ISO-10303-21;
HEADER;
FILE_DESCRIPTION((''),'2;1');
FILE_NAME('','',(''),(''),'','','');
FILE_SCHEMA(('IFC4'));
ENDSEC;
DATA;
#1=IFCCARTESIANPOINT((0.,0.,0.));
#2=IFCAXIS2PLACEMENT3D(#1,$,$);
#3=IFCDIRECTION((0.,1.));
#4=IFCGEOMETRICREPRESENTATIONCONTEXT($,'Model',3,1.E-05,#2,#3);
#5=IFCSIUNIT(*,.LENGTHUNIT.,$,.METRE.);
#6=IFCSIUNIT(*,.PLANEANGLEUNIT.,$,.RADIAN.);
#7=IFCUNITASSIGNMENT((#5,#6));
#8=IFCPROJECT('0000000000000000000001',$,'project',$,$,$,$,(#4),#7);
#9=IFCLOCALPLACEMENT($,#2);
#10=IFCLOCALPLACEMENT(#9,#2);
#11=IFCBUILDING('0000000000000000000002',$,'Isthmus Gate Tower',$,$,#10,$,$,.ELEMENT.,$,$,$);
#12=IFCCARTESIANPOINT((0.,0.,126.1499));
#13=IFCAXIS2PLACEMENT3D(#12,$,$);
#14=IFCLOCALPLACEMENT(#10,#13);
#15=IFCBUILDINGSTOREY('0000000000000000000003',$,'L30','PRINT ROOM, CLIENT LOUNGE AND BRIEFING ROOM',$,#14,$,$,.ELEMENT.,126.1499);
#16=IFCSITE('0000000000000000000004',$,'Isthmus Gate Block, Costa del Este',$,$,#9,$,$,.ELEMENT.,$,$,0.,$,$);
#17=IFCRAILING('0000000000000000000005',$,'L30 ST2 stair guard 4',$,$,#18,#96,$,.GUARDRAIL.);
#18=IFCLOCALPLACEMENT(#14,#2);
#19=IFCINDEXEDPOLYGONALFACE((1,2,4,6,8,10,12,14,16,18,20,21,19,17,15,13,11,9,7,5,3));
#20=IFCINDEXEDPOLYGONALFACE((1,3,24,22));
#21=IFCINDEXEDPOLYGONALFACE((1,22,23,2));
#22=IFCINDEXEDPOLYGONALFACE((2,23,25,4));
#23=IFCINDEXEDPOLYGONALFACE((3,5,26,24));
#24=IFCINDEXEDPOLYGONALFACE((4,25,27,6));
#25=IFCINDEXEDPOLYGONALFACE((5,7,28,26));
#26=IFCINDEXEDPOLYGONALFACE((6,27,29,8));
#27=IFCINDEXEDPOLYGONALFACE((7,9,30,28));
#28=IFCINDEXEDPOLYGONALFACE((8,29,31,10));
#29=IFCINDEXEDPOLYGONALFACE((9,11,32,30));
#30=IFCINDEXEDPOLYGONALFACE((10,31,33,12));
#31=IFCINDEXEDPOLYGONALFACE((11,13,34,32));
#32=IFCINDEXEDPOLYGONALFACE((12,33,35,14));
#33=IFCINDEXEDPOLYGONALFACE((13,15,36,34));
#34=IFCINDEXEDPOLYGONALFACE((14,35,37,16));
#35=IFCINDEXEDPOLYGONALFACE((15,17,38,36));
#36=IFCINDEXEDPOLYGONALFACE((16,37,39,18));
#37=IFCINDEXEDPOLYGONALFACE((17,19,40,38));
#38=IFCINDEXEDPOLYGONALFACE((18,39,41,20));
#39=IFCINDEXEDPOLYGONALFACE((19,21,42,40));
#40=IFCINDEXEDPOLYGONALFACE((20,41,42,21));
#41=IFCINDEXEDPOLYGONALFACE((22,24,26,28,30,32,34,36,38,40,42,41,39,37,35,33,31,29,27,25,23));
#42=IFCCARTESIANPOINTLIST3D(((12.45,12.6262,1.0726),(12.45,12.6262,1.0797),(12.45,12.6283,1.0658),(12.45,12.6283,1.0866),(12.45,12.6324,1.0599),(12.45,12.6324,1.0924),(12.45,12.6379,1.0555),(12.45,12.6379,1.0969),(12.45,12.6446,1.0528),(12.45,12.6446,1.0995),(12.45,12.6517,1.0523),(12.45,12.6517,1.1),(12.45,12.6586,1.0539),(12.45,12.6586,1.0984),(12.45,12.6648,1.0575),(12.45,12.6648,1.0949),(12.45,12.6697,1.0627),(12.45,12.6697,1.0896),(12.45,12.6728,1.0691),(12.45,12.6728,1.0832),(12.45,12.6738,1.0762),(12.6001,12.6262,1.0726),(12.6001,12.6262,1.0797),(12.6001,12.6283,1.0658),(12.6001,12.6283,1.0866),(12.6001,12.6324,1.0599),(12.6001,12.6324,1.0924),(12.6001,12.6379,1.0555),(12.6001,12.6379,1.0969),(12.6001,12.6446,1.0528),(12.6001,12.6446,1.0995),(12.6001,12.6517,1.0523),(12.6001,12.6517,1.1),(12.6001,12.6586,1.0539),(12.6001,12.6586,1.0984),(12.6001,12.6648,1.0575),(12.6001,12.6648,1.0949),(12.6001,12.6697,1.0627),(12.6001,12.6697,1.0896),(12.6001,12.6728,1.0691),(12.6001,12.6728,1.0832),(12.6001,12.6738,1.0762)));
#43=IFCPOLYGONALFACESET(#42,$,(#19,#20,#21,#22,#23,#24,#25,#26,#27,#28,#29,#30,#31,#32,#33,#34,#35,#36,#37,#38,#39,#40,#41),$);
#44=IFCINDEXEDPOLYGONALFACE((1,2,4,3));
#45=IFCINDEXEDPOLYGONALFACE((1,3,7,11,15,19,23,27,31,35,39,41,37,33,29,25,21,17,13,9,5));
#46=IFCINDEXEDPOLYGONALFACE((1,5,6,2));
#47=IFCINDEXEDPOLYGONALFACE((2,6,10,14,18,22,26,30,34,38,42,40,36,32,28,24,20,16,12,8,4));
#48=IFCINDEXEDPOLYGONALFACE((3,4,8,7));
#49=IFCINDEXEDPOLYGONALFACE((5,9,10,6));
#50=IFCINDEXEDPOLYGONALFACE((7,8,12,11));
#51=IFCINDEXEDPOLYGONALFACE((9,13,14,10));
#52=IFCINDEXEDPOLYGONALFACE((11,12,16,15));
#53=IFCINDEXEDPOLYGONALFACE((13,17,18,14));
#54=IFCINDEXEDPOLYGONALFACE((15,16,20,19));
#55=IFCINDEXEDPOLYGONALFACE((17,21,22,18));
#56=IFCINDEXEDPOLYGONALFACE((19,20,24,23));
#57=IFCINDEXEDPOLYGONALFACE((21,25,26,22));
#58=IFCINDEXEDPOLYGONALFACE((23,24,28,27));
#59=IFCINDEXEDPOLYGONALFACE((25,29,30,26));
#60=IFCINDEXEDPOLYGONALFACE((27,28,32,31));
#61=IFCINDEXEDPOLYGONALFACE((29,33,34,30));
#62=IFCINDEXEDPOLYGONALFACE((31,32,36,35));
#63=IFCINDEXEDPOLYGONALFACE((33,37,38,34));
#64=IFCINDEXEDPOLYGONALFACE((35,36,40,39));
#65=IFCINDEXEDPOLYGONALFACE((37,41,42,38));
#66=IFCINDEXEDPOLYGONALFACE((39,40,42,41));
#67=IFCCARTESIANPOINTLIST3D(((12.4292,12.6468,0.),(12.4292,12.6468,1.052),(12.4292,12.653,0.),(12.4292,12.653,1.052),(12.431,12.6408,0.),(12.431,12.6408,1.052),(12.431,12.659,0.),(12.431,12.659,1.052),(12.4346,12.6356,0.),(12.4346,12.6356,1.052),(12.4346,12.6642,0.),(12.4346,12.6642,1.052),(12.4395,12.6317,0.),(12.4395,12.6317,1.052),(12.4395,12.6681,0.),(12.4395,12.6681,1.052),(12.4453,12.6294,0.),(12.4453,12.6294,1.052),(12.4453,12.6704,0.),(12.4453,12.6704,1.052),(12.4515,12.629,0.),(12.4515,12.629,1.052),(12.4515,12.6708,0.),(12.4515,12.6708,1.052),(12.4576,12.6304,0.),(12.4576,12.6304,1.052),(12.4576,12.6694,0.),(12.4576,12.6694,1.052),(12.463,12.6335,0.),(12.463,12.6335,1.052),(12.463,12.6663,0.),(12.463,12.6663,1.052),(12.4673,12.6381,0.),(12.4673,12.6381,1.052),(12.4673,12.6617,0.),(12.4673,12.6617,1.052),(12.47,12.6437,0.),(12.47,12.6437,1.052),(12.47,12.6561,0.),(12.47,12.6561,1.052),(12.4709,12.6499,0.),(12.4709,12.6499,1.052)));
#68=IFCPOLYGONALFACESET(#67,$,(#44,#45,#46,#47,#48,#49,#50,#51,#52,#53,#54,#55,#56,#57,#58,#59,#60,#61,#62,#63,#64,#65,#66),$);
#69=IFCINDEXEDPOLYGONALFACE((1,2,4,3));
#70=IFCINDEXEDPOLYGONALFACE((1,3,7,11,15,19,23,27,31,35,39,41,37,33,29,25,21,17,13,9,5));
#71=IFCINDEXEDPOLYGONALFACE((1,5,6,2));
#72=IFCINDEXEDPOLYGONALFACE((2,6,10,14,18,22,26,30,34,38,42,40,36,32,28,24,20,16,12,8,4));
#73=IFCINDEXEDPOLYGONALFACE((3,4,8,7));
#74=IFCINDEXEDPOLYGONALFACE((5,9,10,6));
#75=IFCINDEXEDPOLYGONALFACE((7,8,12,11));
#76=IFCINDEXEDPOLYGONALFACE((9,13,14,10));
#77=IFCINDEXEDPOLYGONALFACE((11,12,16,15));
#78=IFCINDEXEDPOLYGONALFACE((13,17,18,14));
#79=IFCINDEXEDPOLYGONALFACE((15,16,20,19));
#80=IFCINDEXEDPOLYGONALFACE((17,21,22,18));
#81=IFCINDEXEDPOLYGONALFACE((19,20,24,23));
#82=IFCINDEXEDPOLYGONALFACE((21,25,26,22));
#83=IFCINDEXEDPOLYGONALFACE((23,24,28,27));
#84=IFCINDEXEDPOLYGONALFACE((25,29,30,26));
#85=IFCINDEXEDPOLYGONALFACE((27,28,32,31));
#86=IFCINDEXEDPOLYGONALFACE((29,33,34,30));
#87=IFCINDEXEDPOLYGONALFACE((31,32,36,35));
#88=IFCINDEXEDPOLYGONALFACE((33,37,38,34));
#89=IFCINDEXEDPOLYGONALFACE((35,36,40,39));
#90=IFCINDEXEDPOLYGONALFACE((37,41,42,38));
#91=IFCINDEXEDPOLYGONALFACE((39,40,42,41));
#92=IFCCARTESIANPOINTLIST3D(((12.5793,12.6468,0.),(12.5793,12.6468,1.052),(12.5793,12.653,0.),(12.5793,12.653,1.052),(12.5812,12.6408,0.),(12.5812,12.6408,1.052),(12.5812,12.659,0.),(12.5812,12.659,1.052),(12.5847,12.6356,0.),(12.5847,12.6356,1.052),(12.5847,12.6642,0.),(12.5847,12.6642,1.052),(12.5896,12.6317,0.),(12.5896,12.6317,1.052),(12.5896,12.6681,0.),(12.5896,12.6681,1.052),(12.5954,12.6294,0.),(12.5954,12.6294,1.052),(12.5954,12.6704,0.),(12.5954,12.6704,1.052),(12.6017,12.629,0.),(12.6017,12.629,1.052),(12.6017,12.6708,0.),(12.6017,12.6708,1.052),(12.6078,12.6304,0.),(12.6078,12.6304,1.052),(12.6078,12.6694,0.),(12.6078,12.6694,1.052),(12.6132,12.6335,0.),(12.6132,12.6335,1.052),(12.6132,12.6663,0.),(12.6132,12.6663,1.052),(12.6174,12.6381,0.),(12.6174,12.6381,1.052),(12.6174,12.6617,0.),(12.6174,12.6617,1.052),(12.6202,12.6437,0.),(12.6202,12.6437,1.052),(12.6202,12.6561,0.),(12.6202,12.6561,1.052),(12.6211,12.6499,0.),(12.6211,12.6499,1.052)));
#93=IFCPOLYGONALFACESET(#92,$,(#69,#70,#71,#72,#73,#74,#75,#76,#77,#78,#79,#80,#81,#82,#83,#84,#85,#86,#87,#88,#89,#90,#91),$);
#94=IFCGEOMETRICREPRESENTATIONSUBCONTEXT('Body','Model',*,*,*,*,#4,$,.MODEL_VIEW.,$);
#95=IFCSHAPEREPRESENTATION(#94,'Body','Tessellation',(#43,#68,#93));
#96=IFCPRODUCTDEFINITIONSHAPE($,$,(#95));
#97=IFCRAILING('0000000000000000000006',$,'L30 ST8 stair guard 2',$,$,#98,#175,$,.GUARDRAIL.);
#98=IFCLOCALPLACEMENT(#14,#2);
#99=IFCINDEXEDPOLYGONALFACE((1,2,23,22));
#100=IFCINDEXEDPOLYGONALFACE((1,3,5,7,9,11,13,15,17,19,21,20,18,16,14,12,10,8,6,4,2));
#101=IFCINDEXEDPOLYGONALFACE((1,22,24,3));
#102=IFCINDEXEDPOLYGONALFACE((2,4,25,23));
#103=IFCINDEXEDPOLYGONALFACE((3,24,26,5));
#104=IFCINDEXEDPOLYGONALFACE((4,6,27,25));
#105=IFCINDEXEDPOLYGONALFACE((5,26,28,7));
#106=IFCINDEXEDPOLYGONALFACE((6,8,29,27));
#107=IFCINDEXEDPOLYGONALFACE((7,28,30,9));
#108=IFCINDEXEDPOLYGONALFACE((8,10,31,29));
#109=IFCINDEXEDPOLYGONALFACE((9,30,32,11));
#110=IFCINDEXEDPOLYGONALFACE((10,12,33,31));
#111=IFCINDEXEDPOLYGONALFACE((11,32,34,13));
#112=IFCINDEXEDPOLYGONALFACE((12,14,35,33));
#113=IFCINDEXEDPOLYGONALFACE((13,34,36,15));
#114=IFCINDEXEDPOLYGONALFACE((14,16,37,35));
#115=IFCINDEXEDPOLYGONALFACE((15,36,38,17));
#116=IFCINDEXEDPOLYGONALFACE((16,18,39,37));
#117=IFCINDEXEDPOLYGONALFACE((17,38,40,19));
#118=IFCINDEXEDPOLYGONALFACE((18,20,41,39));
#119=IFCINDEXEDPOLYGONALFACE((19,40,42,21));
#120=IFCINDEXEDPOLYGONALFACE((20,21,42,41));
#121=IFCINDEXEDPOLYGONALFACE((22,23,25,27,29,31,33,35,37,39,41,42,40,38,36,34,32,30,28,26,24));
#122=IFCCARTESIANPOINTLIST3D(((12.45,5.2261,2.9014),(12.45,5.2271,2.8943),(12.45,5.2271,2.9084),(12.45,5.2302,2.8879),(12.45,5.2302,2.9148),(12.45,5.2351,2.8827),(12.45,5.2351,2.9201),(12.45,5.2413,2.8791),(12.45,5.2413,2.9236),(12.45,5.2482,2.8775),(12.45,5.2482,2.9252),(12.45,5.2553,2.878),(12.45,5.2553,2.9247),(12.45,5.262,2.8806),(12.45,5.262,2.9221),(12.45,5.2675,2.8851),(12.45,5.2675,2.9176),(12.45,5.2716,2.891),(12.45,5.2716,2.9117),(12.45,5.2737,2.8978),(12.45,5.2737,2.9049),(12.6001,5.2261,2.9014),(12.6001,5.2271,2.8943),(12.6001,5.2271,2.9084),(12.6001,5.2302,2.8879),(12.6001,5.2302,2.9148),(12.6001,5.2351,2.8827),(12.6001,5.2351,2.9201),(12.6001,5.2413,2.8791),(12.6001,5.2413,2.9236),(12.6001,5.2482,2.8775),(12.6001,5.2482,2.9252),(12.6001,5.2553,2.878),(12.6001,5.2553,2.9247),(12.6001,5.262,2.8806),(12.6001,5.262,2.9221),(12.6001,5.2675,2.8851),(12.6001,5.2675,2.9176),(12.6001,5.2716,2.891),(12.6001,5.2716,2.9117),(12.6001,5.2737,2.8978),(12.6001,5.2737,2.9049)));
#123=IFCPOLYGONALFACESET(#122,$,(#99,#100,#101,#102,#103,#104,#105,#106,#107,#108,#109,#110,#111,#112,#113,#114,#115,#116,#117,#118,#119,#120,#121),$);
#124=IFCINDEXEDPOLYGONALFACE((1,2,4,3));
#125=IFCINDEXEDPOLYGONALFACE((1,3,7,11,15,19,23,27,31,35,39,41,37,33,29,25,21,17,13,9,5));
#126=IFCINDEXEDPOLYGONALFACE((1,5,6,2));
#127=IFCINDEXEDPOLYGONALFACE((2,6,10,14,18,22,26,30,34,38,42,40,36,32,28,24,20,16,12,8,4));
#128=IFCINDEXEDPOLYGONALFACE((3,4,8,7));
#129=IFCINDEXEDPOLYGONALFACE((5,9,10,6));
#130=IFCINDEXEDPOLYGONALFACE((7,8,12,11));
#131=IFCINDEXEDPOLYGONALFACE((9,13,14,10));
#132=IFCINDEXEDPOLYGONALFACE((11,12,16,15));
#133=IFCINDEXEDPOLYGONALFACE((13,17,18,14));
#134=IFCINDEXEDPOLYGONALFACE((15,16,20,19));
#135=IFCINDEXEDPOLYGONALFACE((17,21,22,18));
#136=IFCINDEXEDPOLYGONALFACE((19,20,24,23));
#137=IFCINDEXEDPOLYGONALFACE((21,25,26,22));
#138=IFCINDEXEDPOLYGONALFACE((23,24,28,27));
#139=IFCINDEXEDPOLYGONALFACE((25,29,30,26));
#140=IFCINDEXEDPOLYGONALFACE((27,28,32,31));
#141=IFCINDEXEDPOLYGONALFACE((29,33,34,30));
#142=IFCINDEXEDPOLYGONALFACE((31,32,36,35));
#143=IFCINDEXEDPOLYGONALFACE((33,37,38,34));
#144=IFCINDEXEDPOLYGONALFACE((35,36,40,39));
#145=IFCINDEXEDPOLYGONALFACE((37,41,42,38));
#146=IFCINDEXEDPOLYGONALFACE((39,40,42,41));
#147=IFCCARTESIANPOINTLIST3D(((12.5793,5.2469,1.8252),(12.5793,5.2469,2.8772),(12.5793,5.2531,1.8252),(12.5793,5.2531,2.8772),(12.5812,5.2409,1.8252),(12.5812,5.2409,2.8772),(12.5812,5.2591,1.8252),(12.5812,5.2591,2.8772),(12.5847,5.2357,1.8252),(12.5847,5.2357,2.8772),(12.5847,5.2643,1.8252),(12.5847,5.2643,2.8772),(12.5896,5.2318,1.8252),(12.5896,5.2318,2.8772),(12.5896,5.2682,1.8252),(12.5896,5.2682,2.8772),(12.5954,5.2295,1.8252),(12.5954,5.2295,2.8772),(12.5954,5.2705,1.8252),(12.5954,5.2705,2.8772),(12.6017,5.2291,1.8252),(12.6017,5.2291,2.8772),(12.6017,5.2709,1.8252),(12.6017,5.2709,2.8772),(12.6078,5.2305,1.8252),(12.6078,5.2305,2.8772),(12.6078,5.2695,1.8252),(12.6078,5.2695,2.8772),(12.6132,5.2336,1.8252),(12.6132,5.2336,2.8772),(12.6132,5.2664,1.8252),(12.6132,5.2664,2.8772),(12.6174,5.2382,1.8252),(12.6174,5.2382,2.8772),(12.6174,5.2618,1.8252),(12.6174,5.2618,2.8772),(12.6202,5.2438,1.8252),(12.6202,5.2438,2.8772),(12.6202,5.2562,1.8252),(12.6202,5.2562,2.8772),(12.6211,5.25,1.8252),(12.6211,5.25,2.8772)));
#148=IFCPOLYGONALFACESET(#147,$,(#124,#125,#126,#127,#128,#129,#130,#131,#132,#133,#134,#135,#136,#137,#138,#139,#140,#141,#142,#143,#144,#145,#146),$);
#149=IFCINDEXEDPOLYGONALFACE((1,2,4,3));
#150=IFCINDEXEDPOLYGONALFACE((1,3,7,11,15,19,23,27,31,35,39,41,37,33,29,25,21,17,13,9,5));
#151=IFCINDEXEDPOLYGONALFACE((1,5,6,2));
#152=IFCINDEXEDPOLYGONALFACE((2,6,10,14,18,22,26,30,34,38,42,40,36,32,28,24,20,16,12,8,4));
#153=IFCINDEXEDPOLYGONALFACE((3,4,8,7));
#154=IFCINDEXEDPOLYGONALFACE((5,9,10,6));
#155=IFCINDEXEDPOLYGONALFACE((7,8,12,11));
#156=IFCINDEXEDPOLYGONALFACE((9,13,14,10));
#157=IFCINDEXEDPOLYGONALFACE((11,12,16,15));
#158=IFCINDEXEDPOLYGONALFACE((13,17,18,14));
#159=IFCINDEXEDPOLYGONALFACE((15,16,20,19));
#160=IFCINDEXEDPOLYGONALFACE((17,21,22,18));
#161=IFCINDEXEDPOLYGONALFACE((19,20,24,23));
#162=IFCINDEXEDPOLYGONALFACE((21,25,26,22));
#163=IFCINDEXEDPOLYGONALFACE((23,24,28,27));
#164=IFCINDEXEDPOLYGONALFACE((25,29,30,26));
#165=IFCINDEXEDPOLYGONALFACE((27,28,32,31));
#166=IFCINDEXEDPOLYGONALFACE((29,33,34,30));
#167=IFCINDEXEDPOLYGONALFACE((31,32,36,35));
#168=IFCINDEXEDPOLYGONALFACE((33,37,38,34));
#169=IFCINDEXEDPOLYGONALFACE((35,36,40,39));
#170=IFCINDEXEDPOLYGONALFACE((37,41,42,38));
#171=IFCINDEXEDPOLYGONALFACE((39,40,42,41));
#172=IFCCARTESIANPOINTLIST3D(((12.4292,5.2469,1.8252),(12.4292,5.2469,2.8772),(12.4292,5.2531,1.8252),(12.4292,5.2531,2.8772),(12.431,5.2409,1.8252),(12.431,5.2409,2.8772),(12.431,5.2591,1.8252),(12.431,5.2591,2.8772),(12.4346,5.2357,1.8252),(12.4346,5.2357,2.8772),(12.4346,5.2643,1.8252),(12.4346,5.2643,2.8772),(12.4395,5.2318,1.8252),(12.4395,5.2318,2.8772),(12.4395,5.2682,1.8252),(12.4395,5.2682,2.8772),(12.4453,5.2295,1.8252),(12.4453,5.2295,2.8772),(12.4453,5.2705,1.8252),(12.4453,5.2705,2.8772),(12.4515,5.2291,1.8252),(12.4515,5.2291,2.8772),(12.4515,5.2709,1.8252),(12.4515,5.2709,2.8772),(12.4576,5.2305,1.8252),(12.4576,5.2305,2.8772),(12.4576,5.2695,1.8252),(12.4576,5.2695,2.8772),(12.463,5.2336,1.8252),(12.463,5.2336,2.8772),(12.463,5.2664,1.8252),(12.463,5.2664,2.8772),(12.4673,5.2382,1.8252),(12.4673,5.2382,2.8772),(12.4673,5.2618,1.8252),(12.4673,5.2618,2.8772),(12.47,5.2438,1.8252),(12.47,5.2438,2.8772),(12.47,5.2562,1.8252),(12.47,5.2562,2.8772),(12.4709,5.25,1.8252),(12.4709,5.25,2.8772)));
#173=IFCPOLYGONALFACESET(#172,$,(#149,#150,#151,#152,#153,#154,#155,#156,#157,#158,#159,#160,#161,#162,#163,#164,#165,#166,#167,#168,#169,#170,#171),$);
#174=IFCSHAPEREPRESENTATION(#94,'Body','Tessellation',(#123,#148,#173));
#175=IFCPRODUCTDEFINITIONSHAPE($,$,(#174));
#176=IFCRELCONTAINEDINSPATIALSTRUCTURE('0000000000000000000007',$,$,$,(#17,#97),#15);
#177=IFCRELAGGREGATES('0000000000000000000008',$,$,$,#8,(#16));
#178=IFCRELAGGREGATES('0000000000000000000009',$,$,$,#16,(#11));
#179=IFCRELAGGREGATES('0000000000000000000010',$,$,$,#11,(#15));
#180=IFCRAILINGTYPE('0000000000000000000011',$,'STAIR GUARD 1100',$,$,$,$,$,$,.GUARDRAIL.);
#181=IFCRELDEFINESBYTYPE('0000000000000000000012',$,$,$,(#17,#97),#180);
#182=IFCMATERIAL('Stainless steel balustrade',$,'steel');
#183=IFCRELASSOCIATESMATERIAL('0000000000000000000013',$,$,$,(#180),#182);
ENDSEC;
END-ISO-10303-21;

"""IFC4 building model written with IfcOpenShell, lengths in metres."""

from ifc_helpers import new_model, si_unit, direction, frame, origin, origin_2d, place, context, subcontext, project, spatial, circle, extrude, material, type_object, element, save


model = new_model("IFC4")

# Units and contexts
model_context = context("Model", 3, precision=1e-05, world=origin(), true_north=direction((0.0, 1.0)))
body_context = subcontext(model_context, "Body", "Model", "MODEL_VIEW")
ifc_project = project(units=[si_unit("LENGTHUNIT", "METRE"), si_unit("PLANEANGLEUNIT", "RADIAN")], contexts=[model_context])

# Site, building, storey
site_placement = place(None, origin())
site = spatial("IfcSite", under=ifc_project, at=site_placement, Name="Isthmus Gate Block, Costa del Este", CompositionType="ELEMENT", RefElevation=0.0)
building_placement = place(site_placement, origin())
building = spatial("IfcBuilding", under=site, at=building_placement, Name="Isthmus Gate Tower", CompositionType="ELEMENT")
storey_placement = place(building_placement, frame((0.0, 0.0, 126.1499)))
storey = spatial("IfcBuildingStorey", under=building, at=storey_placement, Name="L30", Description="PRINT ROOM, CLIENT LOUNGE AND BRIEFING ROOM", CompositionType="ELEMENT", Elevation=126.1499)

# Railings
ifc_material_1 = material(Name="Stainless steel balustrade", Category="steel")
railing_type_1 = type_object("IfcRailingType", Name="STAIR GUARD 1100", PredefinedType="GUARDRAIL", material=ifc_material_1)
railing_1_placement = place(storey_placement, frame((12.45, 12.6499, 0.0)))
element("IfcRailing", 1, at=railing_1_placement, inside=storey, type_object=railing_type_1, Name="L30 ST2 stair guard 4", PredefinedType="GUARDRAIL", context=body_context, shape_type="SweptSolid", body=[
    extrude(circle(Radius=0.0239, at=origin_2d()), frame((0.0, 0.0, 1.0762), z_axis=(1.0, 0.0, 0.0), x_axis=(0.0, 1.0, 0.0)), (0.0, 0.0, 1.0), 0.1501),
    extrude(circle(Radius=0.021, at=origin_2d()), origin(), (0.0, 0.0, 1.0), 1.052),
    extrude(circle(Radius=0.021, at=origin_2d()), frame((0.1501, 0.0, 0.0)), (0.0, 0.0, 1.0), 1.052),
])
railing_2_placement = place(storey_placement, frame((12.6001, 5.25, 1.8252)))
element("IfcRailing", 2, at=railing_2_placement, inside=storey, type_object=railing_type_1, Name="L30 ST8 stair guard 2", PredefinedType="GUARDRAIL", context=body_context, shape_type="SweptSolid", body=[
    extrude(circle(Radius=0.0239, at=origin_2d()), frame((0.0, 0.0, 1.0762), z_axis=(-1.0, 0.0, 0.0), x_axis=(0.0, -1.0, 0.0)), (0.0, 0.0, 1.0), 0.1501),
    extrude(circle(Radius=0.021, at=origin_2d()), origin(), (0.0, 0.0, 1.0), 1.052),
    extrude(circle(Radius=0.021, at=origin_2d()), frame((-0.1501, 0.0, 0.0)), (0.0, 0.0, 1.0), 1.052),
])

save(model, "model.ifc")
